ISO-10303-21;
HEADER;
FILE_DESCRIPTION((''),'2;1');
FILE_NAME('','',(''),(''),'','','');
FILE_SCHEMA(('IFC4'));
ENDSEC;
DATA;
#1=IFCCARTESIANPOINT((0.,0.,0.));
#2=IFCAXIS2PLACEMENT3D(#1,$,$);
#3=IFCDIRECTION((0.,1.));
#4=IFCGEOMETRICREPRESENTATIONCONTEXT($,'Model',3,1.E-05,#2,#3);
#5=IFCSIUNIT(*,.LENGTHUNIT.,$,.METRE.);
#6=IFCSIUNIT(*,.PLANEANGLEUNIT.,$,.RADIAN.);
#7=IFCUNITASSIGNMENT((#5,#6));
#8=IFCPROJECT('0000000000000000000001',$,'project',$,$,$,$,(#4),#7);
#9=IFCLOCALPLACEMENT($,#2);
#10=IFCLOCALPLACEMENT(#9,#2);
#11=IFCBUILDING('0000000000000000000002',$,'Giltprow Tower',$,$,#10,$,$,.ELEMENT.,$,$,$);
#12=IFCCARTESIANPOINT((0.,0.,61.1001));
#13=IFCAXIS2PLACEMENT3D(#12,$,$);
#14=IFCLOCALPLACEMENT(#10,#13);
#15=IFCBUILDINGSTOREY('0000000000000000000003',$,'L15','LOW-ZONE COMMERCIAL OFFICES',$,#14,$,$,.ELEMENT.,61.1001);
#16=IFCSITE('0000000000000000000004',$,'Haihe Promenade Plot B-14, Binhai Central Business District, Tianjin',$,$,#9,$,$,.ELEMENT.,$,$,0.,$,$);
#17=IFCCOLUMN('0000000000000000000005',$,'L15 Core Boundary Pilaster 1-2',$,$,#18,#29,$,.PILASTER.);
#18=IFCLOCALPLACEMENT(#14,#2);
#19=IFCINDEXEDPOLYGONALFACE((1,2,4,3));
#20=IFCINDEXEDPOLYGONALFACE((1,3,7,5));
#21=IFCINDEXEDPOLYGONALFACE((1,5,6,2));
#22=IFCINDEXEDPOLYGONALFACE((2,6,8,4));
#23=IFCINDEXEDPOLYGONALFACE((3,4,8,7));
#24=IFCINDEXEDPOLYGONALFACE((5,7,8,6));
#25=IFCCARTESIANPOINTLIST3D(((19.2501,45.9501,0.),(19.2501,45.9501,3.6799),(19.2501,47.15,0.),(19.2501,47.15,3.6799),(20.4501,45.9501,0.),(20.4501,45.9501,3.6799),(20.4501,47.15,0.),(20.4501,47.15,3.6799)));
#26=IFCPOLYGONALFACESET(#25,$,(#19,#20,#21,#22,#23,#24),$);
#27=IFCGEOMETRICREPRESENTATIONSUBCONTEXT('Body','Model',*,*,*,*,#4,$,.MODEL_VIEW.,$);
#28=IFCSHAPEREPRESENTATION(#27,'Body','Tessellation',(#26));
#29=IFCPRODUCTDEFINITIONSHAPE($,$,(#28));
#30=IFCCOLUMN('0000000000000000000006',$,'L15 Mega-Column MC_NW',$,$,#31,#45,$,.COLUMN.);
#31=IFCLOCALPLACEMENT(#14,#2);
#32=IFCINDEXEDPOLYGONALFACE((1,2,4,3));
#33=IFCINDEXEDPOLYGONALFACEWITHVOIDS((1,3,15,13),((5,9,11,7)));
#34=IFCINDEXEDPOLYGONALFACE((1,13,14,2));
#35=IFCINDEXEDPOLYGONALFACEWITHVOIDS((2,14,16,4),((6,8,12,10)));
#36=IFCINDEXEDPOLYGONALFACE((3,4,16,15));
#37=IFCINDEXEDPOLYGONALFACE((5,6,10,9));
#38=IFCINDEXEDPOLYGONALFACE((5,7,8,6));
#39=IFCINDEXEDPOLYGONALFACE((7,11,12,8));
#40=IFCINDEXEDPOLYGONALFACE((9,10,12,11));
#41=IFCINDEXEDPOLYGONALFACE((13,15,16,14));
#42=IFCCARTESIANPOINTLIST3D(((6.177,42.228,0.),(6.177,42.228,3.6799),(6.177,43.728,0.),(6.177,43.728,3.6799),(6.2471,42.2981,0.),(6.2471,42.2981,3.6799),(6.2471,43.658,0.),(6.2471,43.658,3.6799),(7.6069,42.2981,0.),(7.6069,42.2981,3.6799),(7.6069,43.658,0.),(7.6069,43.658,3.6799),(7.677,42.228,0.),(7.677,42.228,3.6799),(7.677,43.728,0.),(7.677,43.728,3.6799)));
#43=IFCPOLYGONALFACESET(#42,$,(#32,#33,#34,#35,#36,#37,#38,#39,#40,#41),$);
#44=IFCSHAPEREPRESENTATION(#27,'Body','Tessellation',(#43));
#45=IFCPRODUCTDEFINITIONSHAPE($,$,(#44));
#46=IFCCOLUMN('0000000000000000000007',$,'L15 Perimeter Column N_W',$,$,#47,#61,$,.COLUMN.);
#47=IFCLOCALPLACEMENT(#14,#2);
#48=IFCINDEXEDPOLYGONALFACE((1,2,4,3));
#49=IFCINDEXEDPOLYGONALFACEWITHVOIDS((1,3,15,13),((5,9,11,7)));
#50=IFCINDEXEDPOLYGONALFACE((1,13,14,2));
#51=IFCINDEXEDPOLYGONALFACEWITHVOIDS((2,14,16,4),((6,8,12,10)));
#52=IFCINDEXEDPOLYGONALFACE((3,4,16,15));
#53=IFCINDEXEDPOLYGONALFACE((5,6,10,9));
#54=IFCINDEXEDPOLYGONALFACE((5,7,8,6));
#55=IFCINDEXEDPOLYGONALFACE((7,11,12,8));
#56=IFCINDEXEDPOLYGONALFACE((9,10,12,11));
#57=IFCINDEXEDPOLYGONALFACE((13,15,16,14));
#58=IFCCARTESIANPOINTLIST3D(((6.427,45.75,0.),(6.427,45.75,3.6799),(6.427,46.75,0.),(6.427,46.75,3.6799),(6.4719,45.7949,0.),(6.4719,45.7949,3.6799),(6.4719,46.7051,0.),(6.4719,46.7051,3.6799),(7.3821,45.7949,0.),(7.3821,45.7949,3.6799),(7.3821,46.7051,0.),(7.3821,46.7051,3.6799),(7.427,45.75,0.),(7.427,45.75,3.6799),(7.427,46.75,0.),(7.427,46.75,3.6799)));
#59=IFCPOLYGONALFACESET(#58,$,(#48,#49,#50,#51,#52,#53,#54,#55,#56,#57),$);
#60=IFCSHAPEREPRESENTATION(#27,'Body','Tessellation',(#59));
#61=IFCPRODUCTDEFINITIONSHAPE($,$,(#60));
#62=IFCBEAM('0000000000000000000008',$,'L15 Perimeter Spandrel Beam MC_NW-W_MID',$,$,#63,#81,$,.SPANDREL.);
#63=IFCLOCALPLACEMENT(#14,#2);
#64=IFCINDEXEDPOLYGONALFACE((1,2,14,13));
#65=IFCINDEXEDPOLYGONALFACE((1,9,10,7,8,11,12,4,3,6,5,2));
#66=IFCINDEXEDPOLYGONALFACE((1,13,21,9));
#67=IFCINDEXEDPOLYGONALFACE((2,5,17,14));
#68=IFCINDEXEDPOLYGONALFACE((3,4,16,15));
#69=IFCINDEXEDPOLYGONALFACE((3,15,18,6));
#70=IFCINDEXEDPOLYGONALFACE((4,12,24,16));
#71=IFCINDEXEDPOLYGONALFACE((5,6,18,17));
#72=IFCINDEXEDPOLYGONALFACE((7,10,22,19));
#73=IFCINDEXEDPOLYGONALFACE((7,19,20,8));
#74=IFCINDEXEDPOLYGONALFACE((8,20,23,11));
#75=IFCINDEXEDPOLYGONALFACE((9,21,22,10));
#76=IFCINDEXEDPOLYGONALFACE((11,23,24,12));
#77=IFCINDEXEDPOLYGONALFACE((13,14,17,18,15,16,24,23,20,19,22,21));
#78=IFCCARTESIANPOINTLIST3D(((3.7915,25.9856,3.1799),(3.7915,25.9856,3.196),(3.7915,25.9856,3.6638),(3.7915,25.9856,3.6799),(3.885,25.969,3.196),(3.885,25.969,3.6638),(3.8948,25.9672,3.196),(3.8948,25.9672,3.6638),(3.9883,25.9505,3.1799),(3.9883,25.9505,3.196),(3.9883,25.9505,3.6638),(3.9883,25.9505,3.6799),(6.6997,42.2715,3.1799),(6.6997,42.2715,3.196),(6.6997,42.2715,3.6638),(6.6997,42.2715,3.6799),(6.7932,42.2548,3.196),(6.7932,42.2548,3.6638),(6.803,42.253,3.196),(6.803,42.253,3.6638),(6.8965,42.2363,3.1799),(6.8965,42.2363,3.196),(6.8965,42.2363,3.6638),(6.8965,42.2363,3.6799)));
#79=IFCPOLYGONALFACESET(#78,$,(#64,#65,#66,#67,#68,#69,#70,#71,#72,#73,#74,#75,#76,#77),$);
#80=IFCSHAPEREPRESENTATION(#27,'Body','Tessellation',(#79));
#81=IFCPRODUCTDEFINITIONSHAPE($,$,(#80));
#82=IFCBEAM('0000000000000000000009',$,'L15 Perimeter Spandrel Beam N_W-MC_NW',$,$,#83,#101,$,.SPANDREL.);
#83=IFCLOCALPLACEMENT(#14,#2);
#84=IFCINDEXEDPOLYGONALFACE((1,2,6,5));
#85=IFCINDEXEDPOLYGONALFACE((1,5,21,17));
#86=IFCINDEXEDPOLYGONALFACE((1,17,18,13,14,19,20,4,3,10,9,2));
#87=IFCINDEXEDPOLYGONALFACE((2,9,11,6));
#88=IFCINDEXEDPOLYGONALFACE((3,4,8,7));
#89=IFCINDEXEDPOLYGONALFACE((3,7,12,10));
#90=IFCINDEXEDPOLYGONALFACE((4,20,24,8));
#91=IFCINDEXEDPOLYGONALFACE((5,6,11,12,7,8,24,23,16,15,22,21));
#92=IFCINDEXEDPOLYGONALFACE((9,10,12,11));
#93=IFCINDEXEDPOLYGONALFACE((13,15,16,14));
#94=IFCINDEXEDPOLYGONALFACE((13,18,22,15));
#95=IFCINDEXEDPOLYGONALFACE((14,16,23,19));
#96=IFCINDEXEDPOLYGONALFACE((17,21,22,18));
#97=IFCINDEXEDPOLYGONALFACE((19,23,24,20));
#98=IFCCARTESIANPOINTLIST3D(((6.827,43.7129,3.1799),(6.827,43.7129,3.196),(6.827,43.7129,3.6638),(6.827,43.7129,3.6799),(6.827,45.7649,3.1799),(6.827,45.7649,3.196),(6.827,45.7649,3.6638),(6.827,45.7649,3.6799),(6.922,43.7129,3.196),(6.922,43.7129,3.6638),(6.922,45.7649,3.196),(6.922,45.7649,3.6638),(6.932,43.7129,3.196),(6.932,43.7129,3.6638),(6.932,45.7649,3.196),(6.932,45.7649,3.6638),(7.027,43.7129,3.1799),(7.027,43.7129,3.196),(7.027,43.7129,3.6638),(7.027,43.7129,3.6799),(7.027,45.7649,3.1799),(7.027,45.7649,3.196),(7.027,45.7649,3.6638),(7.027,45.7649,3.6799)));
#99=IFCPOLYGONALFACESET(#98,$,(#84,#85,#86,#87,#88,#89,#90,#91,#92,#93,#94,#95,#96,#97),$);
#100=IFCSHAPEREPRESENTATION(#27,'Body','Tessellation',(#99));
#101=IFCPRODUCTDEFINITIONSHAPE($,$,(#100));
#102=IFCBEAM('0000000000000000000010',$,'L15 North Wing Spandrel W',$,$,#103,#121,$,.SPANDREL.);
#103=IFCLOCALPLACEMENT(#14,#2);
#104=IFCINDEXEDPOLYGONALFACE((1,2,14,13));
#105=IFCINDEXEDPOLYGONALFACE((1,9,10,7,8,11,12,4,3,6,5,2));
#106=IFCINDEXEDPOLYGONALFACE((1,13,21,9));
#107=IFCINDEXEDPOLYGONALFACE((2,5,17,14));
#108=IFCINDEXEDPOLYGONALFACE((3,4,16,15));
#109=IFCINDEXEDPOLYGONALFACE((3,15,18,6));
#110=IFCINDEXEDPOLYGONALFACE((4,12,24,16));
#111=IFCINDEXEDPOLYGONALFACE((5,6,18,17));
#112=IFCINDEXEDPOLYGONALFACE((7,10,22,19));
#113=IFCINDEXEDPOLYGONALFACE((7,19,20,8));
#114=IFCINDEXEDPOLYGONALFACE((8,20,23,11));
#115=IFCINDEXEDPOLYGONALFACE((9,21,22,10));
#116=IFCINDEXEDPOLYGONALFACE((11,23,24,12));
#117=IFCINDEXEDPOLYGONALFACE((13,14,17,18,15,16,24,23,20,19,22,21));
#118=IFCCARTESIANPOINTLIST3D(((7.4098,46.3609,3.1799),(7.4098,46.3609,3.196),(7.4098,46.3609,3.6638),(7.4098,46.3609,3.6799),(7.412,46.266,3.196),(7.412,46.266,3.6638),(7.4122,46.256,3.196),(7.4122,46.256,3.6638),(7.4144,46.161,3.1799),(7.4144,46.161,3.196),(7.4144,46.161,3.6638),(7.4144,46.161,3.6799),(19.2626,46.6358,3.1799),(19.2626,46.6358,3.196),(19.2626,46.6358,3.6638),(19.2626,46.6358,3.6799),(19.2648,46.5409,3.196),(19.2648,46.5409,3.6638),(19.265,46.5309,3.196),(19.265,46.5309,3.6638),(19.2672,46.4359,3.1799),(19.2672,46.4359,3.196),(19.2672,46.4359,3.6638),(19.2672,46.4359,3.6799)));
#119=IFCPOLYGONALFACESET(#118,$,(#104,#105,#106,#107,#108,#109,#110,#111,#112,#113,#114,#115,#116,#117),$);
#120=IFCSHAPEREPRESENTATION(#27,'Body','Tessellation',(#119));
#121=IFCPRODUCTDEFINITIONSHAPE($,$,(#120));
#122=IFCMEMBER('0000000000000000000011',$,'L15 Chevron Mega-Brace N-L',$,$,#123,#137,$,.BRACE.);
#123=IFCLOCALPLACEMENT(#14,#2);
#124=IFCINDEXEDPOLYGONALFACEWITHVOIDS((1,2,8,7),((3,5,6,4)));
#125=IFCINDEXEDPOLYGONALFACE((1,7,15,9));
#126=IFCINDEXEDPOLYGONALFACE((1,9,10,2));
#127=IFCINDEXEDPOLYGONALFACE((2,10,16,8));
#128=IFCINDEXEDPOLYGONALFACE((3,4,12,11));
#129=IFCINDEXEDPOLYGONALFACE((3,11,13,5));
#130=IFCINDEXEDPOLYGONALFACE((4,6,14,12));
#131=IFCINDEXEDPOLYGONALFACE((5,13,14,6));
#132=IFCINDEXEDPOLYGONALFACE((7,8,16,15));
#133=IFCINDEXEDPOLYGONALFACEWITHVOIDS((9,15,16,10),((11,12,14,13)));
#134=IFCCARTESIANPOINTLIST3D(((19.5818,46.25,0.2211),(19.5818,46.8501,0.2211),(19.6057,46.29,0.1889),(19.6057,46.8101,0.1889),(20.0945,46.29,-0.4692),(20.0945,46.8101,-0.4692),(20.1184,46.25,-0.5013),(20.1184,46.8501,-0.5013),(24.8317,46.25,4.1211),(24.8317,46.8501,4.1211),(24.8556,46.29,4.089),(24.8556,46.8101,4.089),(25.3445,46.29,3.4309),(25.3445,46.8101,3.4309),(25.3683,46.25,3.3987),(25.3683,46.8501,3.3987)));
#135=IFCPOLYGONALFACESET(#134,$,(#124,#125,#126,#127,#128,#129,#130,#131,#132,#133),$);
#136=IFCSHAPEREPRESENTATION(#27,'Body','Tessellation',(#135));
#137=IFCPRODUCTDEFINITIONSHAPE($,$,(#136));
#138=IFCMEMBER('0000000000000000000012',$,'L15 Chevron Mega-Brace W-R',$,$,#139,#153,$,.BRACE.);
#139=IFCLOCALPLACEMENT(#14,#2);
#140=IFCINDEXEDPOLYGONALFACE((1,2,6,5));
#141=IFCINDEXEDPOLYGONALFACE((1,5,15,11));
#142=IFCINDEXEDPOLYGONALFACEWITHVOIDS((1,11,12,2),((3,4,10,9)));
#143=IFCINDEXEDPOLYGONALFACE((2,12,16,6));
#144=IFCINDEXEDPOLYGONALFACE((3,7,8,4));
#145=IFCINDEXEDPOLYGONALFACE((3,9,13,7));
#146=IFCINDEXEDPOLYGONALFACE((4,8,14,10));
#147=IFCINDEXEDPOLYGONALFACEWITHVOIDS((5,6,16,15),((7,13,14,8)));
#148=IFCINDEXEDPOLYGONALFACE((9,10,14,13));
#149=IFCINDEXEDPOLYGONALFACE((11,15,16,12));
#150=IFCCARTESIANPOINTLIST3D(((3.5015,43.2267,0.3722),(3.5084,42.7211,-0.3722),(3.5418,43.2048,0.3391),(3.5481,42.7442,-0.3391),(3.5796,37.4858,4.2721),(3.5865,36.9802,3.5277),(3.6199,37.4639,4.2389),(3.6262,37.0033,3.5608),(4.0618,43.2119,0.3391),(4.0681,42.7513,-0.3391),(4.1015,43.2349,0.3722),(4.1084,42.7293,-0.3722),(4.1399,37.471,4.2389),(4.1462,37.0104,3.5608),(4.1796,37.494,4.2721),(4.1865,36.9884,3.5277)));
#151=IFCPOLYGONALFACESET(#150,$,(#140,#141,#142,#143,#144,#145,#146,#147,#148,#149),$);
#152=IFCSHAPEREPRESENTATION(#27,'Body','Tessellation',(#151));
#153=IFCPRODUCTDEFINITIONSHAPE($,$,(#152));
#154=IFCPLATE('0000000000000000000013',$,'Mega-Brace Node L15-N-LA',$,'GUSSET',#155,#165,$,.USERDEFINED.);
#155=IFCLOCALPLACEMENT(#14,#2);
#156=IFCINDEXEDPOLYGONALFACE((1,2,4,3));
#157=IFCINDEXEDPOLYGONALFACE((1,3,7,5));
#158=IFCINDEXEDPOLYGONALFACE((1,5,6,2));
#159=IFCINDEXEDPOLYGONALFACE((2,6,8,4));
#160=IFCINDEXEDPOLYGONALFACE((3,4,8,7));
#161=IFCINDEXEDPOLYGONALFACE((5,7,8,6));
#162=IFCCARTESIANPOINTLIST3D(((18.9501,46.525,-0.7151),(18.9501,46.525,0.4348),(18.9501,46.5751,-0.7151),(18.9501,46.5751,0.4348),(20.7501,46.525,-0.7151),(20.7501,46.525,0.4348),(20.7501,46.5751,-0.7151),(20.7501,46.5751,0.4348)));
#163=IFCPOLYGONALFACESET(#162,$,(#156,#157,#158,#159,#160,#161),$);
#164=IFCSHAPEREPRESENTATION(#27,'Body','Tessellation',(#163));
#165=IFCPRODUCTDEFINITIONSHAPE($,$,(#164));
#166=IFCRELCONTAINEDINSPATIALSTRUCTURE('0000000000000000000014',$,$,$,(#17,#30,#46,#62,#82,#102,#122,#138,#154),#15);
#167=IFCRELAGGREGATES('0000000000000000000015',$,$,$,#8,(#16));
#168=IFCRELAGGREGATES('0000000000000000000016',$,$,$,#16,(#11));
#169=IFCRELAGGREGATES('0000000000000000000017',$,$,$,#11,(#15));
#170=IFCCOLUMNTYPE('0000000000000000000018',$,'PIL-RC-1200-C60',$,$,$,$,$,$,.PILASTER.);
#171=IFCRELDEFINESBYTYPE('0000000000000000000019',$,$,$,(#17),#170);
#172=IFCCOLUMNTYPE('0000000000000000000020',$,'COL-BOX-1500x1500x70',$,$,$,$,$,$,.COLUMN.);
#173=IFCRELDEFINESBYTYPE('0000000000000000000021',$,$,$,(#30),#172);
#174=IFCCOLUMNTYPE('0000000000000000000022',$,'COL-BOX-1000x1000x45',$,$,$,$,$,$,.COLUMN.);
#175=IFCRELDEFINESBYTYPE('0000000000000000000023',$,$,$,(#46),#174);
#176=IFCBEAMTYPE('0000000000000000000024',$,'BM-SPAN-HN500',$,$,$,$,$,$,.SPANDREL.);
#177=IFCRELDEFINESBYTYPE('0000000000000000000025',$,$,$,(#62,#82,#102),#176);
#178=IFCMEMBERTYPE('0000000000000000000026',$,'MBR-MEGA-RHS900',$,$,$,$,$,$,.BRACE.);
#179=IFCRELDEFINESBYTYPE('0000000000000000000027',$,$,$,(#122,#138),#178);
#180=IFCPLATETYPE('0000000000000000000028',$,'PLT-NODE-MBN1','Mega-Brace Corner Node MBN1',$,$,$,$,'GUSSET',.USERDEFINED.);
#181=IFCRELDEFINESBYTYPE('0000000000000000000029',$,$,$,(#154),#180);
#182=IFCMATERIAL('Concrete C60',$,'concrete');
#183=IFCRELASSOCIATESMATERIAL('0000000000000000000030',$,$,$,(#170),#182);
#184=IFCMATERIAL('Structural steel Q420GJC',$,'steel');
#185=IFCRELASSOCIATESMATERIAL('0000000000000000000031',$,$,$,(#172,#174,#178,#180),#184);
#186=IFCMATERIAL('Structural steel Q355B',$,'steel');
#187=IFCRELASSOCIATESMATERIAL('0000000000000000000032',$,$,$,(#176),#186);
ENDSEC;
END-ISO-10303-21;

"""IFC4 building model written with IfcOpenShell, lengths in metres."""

from ifc_helpers import new_model, si_unit, direction, frame, origin, origin_2d, place, context, subcontext, project, spatial, rectangle, hollow_rectangle, i_section, extrude, source, transform, mapped, material, material_profile, profile_set, type_object, element, save


model = new_model("IFC4")

# Units and contexts
model_context = context("Model", 3, precision=1e-05, world=origin(), true_north=direction((0.0, 1.0)))
body_context = subcontext(model_context, "Body", "Model", "MODEL_VIEW")
ifc_project = project(units=[si_unit("LENGTHUNIT", "METRE"), si_unit("PLANEANGLEUNIT", "RADIAN")], contexts=[model_context])

# Site, building, storey
site_placement = place(None, origin())
site = spatial("IfcSite", under=ifc_project, at=site_placement, Name="Haihe Promenade Plot B-14, Binhai Central Business District, Tianjin", CompositionType="ELEMENT", RefElevation=0.0)
building_placement = place(site_placement, origin())
building = spatial("IfcBuilding", under=site, at=building_placement, Name="Giltprow Tower", CompositionType="ELEMENT")
storey_placement = place(building_placement, frame((0.0, 0.0, 61.1001)))
storey = spatial("IfcBuildingStorey", under=building, at=storey_placement, Name="L15", Description="LOW-ZONE COMMERCIAL OFFICES", CompositionType="ELEMENT", Elevation=61.1001)

# Columns
ifc_material_1 = material(Name="Concrete C60", Category="concrete")
ifc_material_profile_1 = material_profile(ifc_material_1, rectangle(XDim=1.2, YDim=1.2, at=origin_2d()), Name="RC 1200x1200")
ifc_profile_set_1 = profile_set([ifc_material_profile_1], Name="Concrete C60")
column_type_1 = type_object("IfcColumnType", Name="PIL-RC-1200-C60", PredefinedType="PILASTER", material=ifc_profile_set_1)
shared_shape_1 = source(origin(), body_context, "Body", "SweptSolid", [
    extrude(rectangle(XDim=1.2, YDim=1.2, at=origin_2d()), origin(), (0.0, 0.0, 1.0), 3.6799),
])
column_1_placement = place(storey_placement, frame((19.8501, 46.55, 0.0), z_axis=(0.0, 0.0, 1.0), x_axis=(1.0, 0.0, 0.0)))
element("IfcColumn", 1, at=column_1_placement, inside=storey, type_object=column_type_1, Name="L15 Core Boundary Pilaster 1-2", PredefinedType="PILASTER", context=body_context, shape_type="MappedRepresentation", body=[
    mapped(shared_shape_1, transform((0.0, 0.0, 0.0), x_axis=(1.0, 0.0, 0.0), y_axis=(0.0, 1.0, 0.0), z_axis=(0.0, 0.0, 1.0), scale=1.0)),
])
ifc_material_2 = material(Name="Structural steel Q420GJC", Category="steel")
ifc_material_profile_2 = material_profile(ifc_material_2, hollow_rectangle(XDim=1.5, YDim=1.5, WallThickness=0.0701, at=origin_2d()), Name="BOX 1500x1500x70")
ifc_profile_set_2 = profile_set([ifc_material_profile_2], Name="Structural steel Q420GJC")
column_type_2 = type_object("IfcColumnType", Name="COL-BOX-1500x1500x70", PredefinedType="COLUMN", material=ifc_profile_set_2)
shared_shape_2 = source(origin(), body_context, "Body", "SweptSolid", [
    extrude(hollow_rectangle(XDim=1.5, YDim=1.5, WallThickness=0.0701, at=origin_2d()), origin(), (0.0, 0.0, 1.0), 3.6799),
])
column_2_placement = place(storey_placement, frame((6.927, 42.978, 0.0), z_axis=(0.0, 0.0, 1.0), x_axis=(1.0, 0.0, 0.0)))
element("IfcColumn", 2, at=column_2_placement, inside=storey, type_object=column_type_2, Name="L15 Mega-Column MC_NW", PredefinedType="COLUMN", context=body_context, shape_type="MappedRepresentation", body=[
    mapped(shared_shape_2, transform((0.0, 0.0, 0.0), x_axis=(1.0, 0.0, 0.0), y_axis=(0.0, 1.0, 0.0), z_axis=(0.0, 0.0, 1.0), scale=1.0)),
])
ifc_material_profile_3 = material_profile(ifc_material_2, hollow_rectangle(XDim=1.0, YDim=1.0, WallThickness=0.0449, at=origin_2d()), Name="BOX 1000x1000x45")
ifc_profile_set_3 = profile_set([ifc_material_profile_3], Name="Structural steel Q420GJC")
column_type_3 = type_object("IfcColumnType", Name="COL-BOX-1000x1000x45", PredefinedType="COLUMN", material=ifc_profile_set_3)
shared_shape_3 = source(origin(), body_context, "Body", "SweptSolid", [
    extrude(hollow_rectangle(XDim=1.0, YDim=1.0, WallThickness=0.0449, at=origin_2d()), origin(), (0.0, 0.0, 1.0), 3.6799),
])
column_3_placement = place(storey_placement, frame((6.927, 46.25, 0.0), z_axis=(0.0, 0.0, 1.0), x_axis=(1.0, 0.0, 0.0)))
element("IfcColumn", 3, at=column_3_placement, inside=storey, type_object=column_type_3, Name="L15 Perimeter Column N_W", PredefinedType="COLUMN", context=body_context, shape_type="MappedRepresentation", body=[
    mapped(shared_shape_3, transform((0.0, 0.0, 0.0), x_axis=(1.0, 0.0, 0.0), y_axis=(0.0, 1.0, 0.0), z_axis=(0.0, 0.0, 1.0), scale=1.0)),
])

# Beams
ifc_material_3 = material(Name="Structural steel Q355B", Category="steel")
ifc_material_profile_4 = material_profile(ifc_material_3, i_section(OverallWidth=0.2, OverallDepth=0.5, WebThickness=0.01, FlangeThickness=0.0161, at=origin_2d()), Name="HN 500x200x10x16")
ifc_profile_set_4 = profile_set([ifc_material_profile_4], Name="Structural steel Q355B")
beam_type = type_object("IfcBeamType", Name="BM-SPAN-HN500", PredefinedType="SPANDREL", material=ifc_profile_set_4)
shared_shape_4 = source(origin(), body_context, "Body", "SweptSolid", [
    extrude(i_section(OverallWidth=0.2, OverallDepth=0.5, WebThickness=0.01, FlangeThickness=0.0161, at=origin_2d()), origin(), (0.0, 0.0, 1.0), 16.5435),
])
beam_1_placement = place(storey_placement, frame((6.7981, 42.2539, 3.4299), z_axis=(-0.175791, -0.984427, 0.0), x_axis=(0.984427, -0.175791, 0.0)))
element("IfcBeam", 4, at=beam_1_placement, inside=storey, type_object=beam_type, Name="L15 Perimeter Spandrel Beam MC_NW-W_MID", PredefinedType="SPANDREL", context=body_context, shape_type="MappedRepresentation", body=[
    mapped(shared_shape_4, transform((0.0, 0.0, 0.0), x_axis=(1.0, 0.0, 0.0), y_axis=(0.0, 1.0, 0.0), z_axis=(0.0, 0.0, 1.0), scale=1.0)),
])
shared_shape_5 = source(origin(), body_context, "Body", "SweptSolid", [
    extrude(i_section(OverallWidth=0.2, OverallDepth=0.5, WebThickness=0.01, FlangeThickness=0.0161, at=origin_2d()), origin(), (0.0, 0.0, 1.0), 2.052),
])
beam_2_placement = place(storey_placement, frame((6.927, 45.7649, 3.4299), z_axis=(0.0, -1.0, 0.0), x_axis=(1.0, 0.0, 0.0)))
element("IfcBeam", 5, at=beam_2_placement, inside=storey, type_object=beam_type, Name="L15 Perimeter Spandrel Beam N_W-MC_NW", PredefinedType="SPANDREL", context=body_context, shape_type="MappedRepresentation", body=[
    mapped(shared_shape_5, transform((0.0, 0.0, 0.0), x_axis=(1.0, 0.0, 0.0), y_axis=(0.0, 1.0, 0.0), z_axis=(0.0, 0.0, 1.0), scale=1.0)),
])
shared_shape_6 = source(origin(), body_context, "Body", "SweptSolid", [
    extrude(i_section(OverallWidth=0.2, OverallDepth=0.5, WebThickness=0.01, FlangeThickness=0.0161, at=origin_2d()), origin(), (0.0, 0.0, 1.0), 11.856),
])
beam_3_placement = place(storey_placement, frame((7.4121, 46.261, 3.4299), z_axis=(0.999731, 0.023187, 0.0), x_axis=(-0.023187, 0.999731, 0.0)))
element("IfcBeam", 6, at=beam_3_placement, inside=storey, type_object=beam_type, Name="L15 North Wing Spandrel W", PredefinedType="SPANDREL", context=body_context, shape_type="MappedRepresentation", body=[
    mapped(shared_shape_6, transform((0.0, 0.0, 0.0), x_axis=(1.0, 0.0, 0.0), y_axis=(0.0, 1.0, 0.0), z_axis=(0.0, 0.0, 1.0), scale=1.0)),
])

# Members
ifc_material_profile_5 = material_profile(ifc_material_2, hollow_rectangle(XDim=0.6001, YDim=0.8999, WallThickness=0.04, at=origin_2d()), Name="RHS 900x600x40")
ifc_profile_set_5 = profile_set([ifc_material_profile_5], Name="Structural steel Q420GJC")
member_type = type_object("IfcMemberType", Name="MBR-MEGA-RHS900", PredefinedType="BRACE", material=ifc_profile_set_5)
shared_shape_7 = source(origin(), body_context, "Body", "SweptSolid", [
    extrude(hollow_rectangle(XDim=0.6001, YDim=0.8999, WallThickness=0.04, at=origin_2d()), origin(), (0.0, 0.0, 1.0), 6.54),
])
member_1_placement = place(storey_placement, frame((19.8501, 46.55, -0.1401), z_axis=(0.802733, 0.0, 0.596338), x_axis=(0.0, 1.0, 0.0)))
element("IfcMember", 7, at=member_1_placement, inside=storey, type_object=member_type, Name="L15 Chevron Mega-Brace N-L", PredefinedType="BRACE", context=body_context, shape_type="MappedRepresentation", body=[
    mapped(shared_shape_7, transform((0.0, 0.0, 0.0), x_axis=(1.0, 0.0, 0.0), y_axis=(0.0, 1.0, 0.0), z_axis=(0.0, 0.0, 1.0), scale=1.0)),
])
shared_shape_8 = source(origin(), body_context, "Body", "SweptSolid", [
    extrude(hollow_rectangle(XDim=0.6001, YDim=0.8999, WallThickness=0.04, at=origin_2d()), origin(), (0.0, 0.0, 1.0), 6.9407),
])
member_2_placement = place(storey_placement, frame((3.8049, 42.978, 0.0), z_axis=(0.011256, -0.827139, 0.561885), x_axis=(0.999907, 0.013607, 0.0)))
element("IfcMember", 8, at=member_2_placement, inside=storey, type_object=member_type, Name="L15 Chevron Mega-Brace W-R", PredefinedType="BRACE", context=body_context, shape_type="MappedRepresentation", body=[
    mapped(shared_shape_8, transform((0.0, 0.0, 0.0), x_axis=(1.0, 0.0, 0.0), y_axis=(0.0, 1.0, 0.0), z_axis=(0.0, 0.0, 1.0), scale=1.0)),
])

# Plate
plate_type = type_object("IfcPlateType", Name="PLT-NODE-MBN1", Description="Mega-Brace Corner Node MBN1", ElementType="GUSSET", PredefinedType="USERDEFINED", material=ifc_material_2)
shared_shape_9 = source(origin(), body_context, "Body", "SweptSolid", [
    extrude(rectangle(XDim=1.8, YDim=0.05, at=origin_2d()), origin(), (0.0, 0.0, 1.0), 1.1499),
])
for number, where, z_axis, x_axis, name in (
    (9, (19.8501, 46.55, -0.7151), (0.0, 0.0, 1.0), (1.0, 0.0, 0.0), "Mega-Brace Node L15-N-LA"),
):
    element("IfcPlate", number, at=place(storey_placement, frame(where, z_axis=z_axis, x_axis=x_axis)), inside=storey, type_object=plate_type, Name=name, ObjectType="GUSSET", PredefinedType="USERDEFINED", context=body_context, shape_type="MappedRepresentation", body=[
        mapped(shared_shape_9, transform((0.0, 0.0, 0.0), x_axis=(1.0, 0.0, 0.0), y_axis=(0.0, 1.0, 0.0), z_axis=(0.0, 0.0, 1.0), scale=1.0)),
    ])

save(model, "model.ifc")
